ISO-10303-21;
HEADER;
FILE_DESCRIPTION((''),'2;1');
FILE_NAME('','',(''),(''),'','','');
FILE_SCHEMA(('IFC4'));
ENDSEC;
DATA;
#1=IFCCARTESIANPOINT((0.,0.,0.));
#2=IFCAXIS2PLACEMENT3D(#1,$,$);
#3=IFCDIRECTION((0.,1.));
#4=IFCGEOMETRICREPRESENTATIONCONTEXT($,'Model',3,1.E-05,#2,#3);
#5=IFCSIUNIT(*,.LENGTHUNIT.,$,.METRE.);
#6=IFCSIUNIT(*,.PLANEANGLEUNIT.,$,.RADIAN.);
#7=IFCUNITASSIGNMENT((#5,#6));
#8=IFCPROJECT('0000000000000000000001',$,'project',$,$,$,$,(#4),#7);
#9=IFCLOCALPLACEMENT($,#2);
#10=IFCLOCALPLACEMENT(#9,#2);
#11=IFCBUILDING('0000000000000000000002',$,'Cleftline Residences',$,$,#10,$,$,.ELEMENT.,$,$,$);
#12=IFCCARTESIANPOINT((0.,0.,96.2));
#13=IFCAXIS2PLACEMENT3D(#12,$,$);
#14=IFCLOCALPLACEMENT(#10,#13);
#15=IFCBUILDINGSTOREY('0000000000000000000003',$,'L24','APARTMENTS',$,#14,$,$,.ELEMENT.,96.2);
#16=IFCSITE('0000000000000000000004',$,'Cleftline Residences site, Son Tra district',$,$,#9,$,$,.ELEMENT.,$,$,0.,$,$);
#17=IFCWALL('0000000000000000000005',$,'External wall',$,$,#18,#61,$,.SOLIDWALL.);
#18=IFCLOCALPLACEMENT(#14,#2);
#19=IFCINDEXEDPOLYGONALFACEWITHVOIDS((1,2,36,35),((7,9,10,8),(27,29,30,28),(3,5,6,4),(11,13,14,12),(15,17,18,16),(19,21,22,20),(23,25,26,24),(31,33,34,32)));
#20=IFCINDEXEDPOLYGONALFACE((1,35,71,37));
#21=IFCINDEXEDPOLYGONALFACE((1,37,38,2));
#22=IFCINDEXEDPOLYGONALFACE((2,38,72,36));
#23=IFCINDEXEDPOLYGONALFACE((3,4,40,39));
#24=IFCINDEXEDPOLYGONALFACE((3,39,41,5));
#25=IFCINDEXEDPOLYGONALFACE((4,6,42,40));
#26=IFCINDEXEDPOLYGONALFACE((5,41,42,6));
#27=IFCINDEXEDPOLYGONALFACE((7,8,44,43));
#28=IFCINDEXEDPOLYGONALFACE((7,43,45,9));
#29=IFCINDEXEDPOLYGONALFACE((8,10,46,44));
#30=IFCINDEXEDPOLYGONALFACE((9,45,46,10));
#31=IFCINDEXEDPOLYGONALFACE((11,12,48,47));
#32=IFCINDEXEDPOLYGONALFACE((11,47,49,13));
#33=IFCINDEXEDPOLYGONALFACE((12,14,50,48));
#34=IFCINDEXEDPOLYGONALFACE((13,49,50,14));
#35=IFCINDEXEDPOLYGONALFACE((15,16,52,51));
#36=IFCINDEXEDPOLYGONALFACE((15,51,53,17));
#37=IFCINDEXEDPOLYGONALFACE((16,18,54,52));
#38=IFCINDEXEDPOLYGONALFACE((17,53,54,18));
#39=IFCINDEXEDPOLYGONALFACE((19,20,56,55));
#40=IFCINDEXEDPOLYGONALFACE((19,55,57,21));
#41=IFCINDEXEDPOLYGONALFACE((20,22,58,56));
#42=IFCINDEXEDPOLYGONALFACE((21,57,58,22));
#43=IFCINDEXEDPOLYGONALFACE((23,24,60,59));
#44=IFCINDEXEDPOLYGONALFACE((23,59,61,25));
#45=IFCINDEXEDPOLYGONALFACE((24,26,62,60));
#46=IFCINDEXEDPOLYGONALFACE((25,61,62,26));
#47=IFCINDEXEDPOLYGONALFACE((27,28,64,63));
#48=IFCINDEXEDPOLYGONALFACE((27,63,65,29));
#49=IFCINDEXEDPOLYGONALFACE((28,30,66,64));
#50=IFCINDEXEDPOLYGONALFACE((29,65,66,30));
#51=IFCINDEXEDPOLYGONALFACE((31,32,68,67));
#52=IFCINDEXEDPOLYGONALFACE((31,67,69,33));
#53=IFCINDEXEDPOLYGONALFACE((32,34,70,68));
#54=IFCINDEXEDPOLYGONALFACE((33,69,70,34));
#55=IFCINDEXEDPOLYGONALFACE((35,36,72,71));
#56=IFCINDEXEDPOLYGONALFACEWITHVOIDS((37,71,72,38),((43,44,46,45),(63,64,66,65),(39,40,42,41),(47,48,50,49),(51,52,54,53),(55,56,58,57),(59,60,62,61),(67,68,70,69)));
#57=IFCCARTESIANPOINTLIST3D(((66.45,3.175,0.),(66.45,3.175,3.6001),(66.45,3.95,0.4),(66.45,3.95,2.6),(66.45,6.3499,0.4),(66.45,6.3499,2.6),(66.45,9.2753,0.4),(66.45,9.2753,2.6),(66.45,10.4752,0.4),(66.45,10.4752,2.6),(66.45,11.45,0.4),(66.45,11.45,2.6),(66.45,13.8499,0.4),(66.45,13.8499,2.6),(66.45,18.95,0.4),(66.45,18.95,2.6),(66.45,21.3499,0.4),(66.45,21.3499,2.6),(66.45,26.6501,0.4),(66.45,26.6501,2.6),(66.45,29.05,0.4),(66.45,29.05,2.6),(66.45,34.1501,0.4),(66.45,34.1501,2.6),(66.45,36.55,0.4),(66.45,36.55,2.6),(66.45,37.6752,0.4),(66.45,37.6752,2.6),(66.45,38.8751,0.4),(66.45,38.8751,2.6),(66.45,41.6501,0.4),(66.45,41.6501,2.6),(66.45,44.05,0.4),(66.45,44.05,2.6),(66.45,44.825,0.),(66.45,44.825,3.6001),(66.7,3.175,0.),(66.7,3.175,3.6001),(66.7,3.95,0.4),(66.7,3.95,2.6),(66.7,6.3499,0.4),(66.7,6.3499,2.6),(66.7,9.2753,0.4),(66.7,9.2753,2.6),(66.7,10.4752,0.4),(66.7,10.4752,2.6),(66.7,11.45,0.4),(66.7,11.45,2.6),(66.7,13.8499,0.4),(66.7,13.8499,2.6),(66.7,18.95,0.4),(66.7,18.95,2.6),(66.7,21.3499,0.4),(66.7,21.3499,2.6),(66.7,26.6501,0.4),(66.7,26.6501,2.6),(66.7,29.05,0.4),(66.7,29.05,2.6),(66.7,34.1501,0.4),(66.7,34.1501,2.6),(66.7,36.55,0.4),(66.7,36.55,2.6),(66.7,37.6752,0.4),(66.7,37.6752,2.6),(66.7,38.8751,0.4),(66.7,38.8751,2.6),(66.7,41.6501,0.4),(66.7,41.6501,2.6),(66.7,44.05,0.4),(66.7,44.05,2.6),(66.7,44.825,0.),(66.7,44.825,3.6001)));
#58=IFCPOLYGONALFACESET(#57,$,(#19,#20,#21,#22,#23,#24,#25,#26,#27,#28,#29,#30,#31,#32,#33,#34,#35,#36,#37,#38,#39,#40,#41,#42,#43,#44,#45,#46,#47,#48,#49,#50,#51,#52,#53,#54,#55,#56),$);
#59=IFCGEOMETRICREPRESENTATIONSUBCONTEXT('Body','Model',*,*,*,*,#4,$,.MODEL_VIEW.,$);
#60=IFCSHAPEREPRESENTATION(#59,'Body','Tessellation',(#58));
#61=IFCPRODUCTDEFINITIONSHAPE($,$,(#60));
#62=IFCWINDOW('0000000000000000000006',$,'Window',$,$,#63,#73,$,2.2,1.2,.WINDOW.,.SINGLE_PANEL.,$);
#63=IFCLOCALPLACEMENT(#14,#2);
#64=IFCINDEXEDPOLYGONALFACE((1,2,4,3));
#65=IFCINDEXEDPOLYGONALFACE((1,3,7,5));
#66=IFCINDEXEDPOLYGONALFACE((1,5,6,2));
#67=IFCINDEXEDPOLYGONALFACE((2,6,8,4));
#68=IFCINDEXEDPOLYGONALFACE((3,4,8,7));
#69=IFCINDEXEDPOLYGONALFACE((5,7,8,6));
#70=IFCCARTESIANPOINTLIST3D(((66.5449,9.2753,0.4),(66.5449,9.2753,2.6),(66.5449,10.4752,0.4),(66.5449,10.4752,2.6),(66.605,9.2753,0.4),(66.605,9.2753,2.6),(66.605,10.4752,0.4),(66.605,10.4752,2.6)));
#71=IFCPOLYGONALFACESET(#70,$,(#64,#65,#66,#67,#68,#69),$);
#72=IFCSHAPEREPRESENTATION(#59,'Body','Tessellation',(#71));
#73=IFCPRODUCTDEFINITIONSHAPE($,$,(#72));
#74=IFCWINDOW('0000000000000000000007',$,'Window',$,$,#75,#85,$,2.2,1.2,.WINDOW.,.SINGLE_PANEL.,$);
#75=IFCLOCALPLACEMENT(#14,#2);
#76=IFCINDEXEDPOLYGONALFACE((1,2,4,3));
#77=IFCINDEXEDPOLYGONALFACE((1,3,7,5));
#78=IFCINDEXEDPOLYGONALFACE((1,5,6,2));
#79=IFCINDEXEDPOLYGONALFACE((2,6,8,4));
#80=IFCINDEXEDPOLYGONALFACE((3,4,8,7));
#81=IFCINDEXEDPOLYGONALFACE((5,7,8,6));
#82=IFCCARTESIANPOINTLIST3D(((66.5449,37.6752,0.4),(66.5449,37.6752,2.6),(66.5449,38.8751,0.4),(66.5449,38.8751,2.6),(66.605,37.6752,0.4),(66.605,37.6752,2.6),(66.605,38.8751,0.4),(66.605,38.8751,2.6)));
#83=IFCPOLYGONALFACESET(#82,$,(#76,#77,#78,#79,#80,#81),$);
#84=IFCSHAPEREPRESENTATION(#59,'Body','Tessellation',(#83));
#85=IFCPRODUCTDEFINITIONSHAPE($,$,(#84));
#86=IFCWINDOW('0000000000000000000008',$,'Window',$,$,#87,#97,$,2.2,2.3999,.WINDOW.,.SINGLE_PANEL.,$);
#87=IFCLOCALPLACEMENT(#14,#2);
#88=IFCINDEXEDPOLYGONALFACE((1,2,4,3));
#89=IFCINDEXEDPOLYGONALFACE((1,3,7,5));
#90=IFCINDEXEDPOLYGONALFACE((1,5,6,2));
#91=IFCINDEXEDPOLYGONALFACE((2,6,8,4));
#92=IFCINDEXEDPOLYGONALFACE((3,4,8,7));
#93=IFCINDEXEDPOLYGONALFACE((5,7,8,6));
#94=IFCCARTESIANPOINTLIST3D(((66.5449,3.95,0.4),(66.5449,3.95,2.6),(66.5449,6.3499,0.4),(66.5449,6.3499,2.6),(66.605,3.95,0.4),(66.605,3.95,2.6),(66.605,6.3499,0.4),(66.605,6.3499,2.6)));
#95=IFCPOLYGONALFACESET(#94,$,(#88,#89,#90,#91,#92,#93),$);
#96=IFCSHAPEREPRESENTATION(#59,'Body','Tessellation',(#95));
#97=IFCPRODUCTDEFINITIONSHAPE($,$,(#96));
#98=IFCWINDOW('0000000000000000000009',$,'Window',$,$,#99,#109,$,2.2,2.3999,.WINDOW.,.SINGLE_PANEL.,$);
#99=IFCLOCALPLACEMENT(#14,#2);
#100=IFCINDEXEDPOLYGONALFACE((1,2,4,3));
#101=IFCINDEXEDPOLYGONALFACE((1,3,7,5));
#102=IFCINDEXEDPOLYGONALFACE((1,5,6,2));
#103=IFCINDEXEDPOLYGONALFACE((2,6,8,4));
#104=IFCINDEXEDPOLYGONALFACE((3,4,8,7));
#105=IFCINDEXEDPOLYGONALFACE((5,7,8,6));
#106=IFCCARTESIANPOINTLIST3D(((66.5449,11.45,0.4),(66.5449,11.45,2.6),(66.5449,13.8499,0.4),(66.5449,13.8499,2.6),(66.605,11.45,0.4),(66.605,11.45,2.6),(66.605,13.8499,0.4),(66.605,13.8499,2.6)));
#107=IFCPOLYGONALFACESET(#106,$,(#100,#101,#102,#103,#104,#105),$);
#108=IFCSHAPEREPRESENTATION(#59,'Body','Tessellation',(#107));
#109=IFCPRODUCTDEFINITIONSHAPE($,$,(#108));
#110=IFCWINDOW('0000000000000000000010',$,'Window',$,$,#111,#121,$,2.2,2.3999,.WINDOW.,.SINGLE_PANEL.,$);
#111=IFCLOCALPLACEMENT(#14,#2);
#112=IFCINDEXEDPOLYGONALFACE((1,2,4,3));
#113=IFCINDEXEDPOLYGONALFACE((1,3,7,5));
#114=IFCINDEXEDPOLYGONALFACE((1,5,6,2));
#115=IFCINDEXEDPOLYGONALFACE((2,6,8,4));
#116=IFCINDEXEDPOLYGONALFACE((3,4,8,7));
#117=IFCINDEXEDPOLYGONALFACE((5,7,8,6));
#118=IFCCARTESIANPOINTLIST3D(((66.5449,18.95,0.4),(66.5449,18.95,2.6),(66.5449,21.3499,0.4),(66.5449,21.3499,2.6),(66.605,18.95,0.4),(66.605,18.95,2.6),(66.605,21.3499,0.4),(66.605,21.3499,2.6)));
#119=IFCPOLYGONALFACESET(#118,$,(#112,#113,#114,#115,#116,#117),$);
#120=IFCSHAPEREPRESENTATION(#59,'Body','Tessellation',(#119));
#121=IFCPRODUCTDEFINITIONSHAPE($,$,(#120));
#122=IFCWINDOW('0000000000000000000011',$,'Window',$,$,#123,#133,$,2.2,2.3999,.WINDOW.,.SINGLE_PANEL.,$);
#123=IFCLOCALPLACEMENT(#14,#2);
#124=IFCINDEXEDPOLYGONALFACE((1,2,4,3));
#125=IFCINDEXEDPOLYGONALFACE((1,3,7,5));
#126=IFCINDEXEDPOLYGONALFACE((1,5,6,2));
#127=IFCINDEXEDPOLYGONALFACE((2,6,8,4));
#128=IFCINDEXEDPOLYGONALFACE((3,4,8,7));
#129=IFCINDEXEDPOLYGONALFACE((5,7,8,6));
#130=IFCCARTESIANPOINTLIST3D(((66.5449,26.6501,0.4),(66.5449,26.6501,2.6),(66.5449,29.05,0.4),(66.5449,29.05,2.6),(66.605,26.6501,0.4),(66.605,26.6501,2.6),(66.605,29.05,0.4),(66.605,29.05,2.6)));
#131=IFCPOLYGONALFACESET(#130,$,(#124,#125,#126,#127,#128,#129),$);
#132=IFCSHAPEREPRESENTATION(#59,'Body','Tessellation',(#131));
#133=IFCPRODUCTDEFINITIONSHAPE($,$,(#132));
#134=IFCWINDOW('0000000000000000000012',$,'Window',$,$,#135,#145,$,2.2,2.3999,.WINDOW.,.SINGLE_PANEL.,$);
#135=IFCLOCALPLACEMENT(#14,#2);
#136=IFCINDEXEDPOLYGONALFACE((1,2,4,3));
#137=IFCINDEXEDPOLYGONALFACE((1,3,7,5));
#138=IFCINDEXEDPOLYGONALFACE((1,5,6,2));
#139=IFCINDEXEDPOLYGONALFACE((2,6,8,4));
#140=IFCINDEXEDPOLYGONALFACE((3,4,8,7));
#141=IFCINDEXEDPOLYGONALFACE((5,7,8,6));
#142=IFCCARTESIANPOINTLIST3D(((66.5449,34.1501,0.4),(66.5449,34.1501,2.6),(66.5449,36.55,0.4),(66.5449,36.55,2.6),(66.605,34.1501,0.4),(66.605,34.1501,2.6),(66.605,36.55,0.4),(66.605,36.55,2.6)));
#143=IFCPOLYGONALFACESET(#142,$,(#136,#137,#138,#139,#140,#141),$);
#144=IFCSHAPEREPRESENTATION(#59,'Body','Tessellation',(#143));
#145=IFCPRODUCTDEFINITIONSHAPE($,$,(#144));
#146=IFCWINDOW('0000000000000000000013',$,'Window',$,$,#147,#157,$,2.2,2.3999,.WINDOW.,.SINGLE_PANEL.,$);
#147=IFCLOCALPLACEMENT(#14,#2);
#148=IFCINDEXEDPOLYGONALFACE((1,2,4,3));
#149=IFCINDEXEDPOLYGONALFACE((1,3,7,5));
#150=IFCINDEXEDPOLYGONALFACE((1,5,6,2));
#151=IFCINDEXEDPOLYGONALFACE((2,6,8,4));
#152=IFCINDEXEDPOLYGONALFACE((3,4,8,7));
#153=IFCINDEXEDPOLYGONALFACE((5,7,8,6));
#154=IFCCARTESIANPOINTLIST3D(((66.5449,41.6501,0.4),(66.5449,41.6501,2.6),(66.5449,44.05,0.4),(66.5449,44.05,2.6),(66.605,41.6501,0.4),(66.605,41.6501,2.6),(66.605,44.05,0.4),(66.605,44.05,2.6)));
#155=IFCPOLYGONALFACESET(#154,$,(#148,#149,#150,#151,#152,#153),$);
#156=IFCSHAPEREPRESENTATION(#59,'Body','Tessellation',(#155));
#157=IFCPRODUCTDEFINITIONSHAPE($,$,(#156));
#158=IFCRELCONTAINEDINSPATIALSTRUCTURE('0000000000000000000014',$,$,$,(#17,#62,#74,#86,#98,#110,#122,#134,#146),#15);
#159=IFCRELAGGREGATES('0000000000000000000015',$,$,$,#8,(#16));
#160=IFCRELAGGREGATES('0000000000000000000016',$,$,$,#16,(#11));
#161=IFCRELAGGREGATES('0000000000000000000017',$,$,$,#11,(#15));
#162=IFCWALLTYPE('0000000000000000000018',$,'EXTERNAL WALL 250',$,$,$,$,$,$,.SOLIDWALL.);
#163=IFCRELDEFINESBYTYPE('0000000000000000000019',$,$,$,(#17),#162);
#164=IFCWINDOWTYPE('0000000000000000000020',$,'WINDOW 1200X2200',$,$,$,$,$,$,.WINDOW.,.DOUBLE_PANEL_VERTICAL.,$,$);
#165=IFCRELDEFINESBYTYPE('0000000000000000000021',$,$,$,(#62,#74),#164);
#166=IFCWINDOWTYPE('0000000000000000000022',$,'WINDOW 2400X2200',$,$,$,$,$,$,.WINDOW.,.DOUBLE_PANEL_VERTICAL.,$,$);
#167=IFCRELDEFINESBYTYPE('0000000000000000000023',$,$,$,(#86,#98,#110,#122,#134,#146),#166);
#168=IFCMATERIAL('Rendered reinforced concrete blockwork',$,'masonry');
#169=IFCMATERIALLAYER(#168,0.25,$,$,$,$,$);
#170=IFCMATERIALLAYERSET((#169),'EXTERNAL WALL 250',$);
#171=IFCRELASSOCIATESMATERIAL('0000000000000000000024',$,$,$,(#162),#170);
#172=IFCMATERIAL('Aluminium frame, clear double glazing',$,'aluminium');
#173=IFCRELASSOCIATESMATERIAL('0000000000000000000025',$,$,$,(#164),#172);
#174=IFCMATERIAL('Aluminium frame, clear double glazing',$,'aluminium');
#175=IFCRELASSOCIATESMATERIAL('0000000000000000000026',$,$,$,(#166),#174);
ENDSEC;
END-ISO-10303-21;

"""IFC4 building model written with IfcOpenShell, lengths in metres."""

from ifc_helpers import new_model, si_unit, direction, frame, frame_2d, origin, place, context, subcontext, project, spatial, rectangle, extrude, material, layer, layer_set, type_object, element, fill, save


model = new_model("IFC4")

# Units and contexts
model_context = context("Model", 3, precision=1e-05, world=origin(), true_north=direction((0.0, 1.0)))
body_context = subcontext(model_context, "Body", "Model", "MODEL_VIEW")
ifc_project = project(units=[si_unit("LENGTHUNIT", "METRE"), si_unit("PLANEANGLEUNIT", "RADIAN")], contexts=[model_context])

# Site, building, storey
site_placement = place(None, origin())
site = spatial("IfcSite", under=ifc_project, at=site_placement, Name="Cleftline Residences site, Son Tra district", CompositionType="ELEMENT", RefElevation=0.0)
building_placement = place(site_placement, origin())
building = spatial("IfcBuilding", under=site, at=building_placement, Name="Cleftline Residences", CompositionType="ELEMENT")
storey_placement = place(building_placement, frame((0.0, 0.0, 96.2)))
storey = spatial("IfcBuildingStorey", under=building, at=storey_placement, Name="L24", Description="APARTMENTS", CompositionType="ELEMENT", Elevation=96.2)

# Wall, openings, windows
ifc_material_1 = material(Name="Rendered reinforced concrete blockwork", Category="masonry")
ifc_layer_1 = layer(ifc_material_1, 0.25)
ifc_layer_set_1 = layer_set([ifc_layer_1], Name="EXTERNAL WALL 250")
wall_type = type_object("IfcWallType", Name="EXTERNAL WALL 250", PredefinedType="SOLIDWALL", material=ifc_layer_set_1)
wall_placement = place(storey_placement, frame((66.575, 3.175, 0.0), z_axis=(0.0, 0.0, 1.0), x_axis=(0.0, 1.0, 0.0)))
wall = element("IfcWall", 1, at=wall_placement, inside=storey, type_object=wall_type, Name="External wall", PredefinedType="SOLIDWALL", context=body_context, shape_type="SweptSolid", body=[
    extrude(rectangle(XDim=41.6499, YDim=0.25, at=frame_2d((20.825, 0.0))), origin(), (0.0, 0.0, 1.0), 3.6001),
])
opening_1_placement = place(wall_placement, frame((0.7749, 0.0, 0.3999)))
opening_1 = element("IfcOpeningElement", 2, at=opening_1_placement, cuts=wall, PredefinedType="OPENING", context=body_context, shape_type="SweptSolid", body=[
    extrude(rectangle(XDim=2.3999, YDim=2.2, at=frame_2d((1.2, 1.1001))), frame((0.0, 0.135, 0.0), z_axis=(0.0, -1.0, 0.0), x_axis=(1.0, 0.0, 0.0)), (0.0, 0.0, 1.0), 0.27),
])
opening_2_placement = place(wall_placement, frame((6.1001, 0.0, 0.3999)))
opening_2 = element("IfcOpeningElement", 3, at=opening_2_placement, cuts=wall, PredefinedType="OPENING", context=body_context, shape_type="SweptSolid", body=[
    extrude(rectangle(XDim=1.2, YDim=2.2, at=frame_2d((0.6001, 1.1001))), frame((0.0, 0.135, 0.0), z_axis=(0.0, -1.0, 0.0), x_axis=(1.0, 0.0, 0.0)), (0.0, 0.0, 1.0), 0.27),
])
opening_3_placement = place(wall_placement, frame((8.2749, 0.0, 0.3999)))
opening_3 = element("IfcOpeningElement", 4, at=opening_3_placement, cuts=wall, PredefinedType="OPENING", context=body_context, shape_type="SweptSolid", body=[
    extrude(rectangle(XDim=2.3999, YDim=2.2, at=frame_2d((1.2, 1.1001))), frame((0.0, 0.135, 0.0), z_axis=(0.0, -1.0, 0.0), x_axis=(1.0, 0.0, 0.0)), (0.0, 0.0, 1.0), 0.27),
])
opening_4_placement = place(wall_placement, frame((15.7749, 0.0, 0.3999)))
opening_4 = element("IfcOpeningElement", 5, at=opening_4_placement, cuts=wall, PredefinedType="OPENING", context=body_context, shape_type="SweptSolid", body=[
    extrude(rectangle(XDim=2.3999, YDim=2.2, at=frame_2d((1.2, 1.1001))), frame((0.0, 0.135, 0.0), z_axis=(0.0, -1.0, 0.0), x_axis=(1.0, 0.0, 0.0)), (0.0, 0.0, 1.0), 0.27),
])
opening_5_placement = place(wall_placement, frame((23.4751, 0.0, 0.3999)))
opening_5 = element("IfcOpeningElement", 6, at=opening_5_placement, cuts=wall, PredefinedType="OPENING", context=body_context, shape_type="SweptSolid", body=[
    extrude(rectangle(XDim=2.3999, YDim=2.2, at=frame_2d((1.2, 1.1001))), frame((0.0, 0.135, 0.0), z_axis=(0.0, -1.0, 0.0), x_axis=(1.0, 0.0, 0.0)), (0.0, 0.0, 1.0), 0.27),
])
opening_6_placement = place(wall_placement, frame((30.9751, 0.0, 0.3999)))
opening_6 = element("IfcOpeningElement", 7, at=opening_6_placement, cuts=wall, PredefinedType="OPENING", context=body_context, shape_type="SweptSolid", body=[
    extrude(rectangle(XDim=2.3999, YDim=2.2, at=frame_2d((1.2, 1.1001))), frame((0.0, 0.135, 0.0), z_axis=(0.0, -1.0, 0.0), x_axis=(1.0, 0.0, 0.0)), (0.0, 0.0, 1.0), 0.27),
])
opening_7_placement = place(wall_placement, frame((34.5, 0.0, 0.3999)))
opening_7 = element("IfcOpeningElement", 8, at=opening_7_placement, cuts=wall, PredefinedType="OPENING", context=body_context, shape_type="SweptSolid", body=[
    extrude(rectangle(XDim=1.2, YDim=2.2, at=frame_2d((0.6001, 1.1001))), frame((0.0, 0.135, 0.0), z_axis=(0.0, -1.0, 0.0), x_axis=(1.0, 0.0, 0.0)), (0.0, 0.0, 1.0), 0.27),
])
opening_8_placement = place(wall_placement, frame((38.4751, 0.0, 0.3999)))
opening_8 = element("IfcOpeningElement", 9, at=opening_8_placement, cuts=wall, PredefinedType="OPENING", context=body_context, shape_type="SweptSolid", body=[
    extrude(rectangle(XDim=2.3999, YDim=2.2, at=frame_2d((1.2, 1.1001))), frame((0.0, 0.135, 0.0), z_axis=(0.0, -1.0, 0.0), x_axis=(1.0, 0.0, 0.0)), (0.0, 0.0, 1.0), 0.27),
])
ifc_material_2 = material(Name="Aluminium frame, clear double glazing", Category="aluminium")
window_type_1 = type_object("IfcWindowType", Name="WINDOW 1200X2200", PartitioningType="DOUBLE_PANEL_VERTICAL", PredefinedType="WINDOW", material=ifc_material_2)
window_1_placement = place(opening_2_placement, origin())
window_1 = element("IfcWindow", 10, at=window_1_placement, inside=storey, type_object=window_type_1, Name="Window", OverallHeight=2.2, OverallWidth=1.2, PartitioningType="SINGLE_PANEL", PredefinedType="WINDOW", context=body_context, shape_type="SweptSolid", body=[
    extrude(rectangle(XDim=1.2, YDim=2.2, at=frame_2d((0.6001, 1.1001))), frame((0.0, 0.03, 0.0), z_axis=(0.0, -1.0, 0.0), x_axis=(1.0, 0.0, 0.0)), (0.0, 0.0, 1.0), 0.0601),
])
fill(opening_2, window_1)
window_2_placement = place(opening_7_placement, origin())
window_2 = element("IfcWindow", 11, at=window_2_placement, inside=storey, type_object=window_type_1, Name="Window", OverallHeight=2.2, OverallWidth=1.2, PartitioningType="SINGLE_PANEL", PredefinedType="WINDOW", context=body_context, shape_type="SweptSolid", body=[
    extrude(rectangle(XDim=1.2, YDim=2.2, at=frame_2d((0.6001, 1.1001))), frame((0.0, 0.03, 0.0), z_axis=(0.0, -1.0, 0.0), x_axis=(1.0, 0.0, 0.0)), (0.0, 0.0, 1.0), 0.0601),
])
fill(opening_7, window_2)
ifc_material_3 = material(Name="Aluminium frame, clear double glazing", Category="aluminium")
window_type_2 = type_object("IfcWindowType", Name="WINDOW 2400X2200", PartitioningType="DOUBLE_PANEL_VERTICAL", PredefinedType="WINDOW", material=ifc_material_3)
window_3_placement = place(opening_1_placement, origin())
window_3 = element("IfcWindow", 12, at=window_3_placement, inside=storey, type_object=window_type_2, Name="Window", OverallHeight=2.2, OverallWidth=2.3999, PartitioningType="SINGLE_PANEL", PredefinedType="WINDOW", context=body_context, shape_type="SweptSolid", body=[
    extrude(rectangle(XDim=2.3999, YDim=2.2, at=frame_2d((1.2, 1.1001))), frame((0.0, 0.03, 0.0), z_axis=(0.0, -1.0, 0.0), x_axis=(1.0, 0.0, 0.0)), (0.0, 0.0, 1.0), 0.0601),
])
fill(opening_1, window_3)
window_4_placement = place(opening_3_placement, origin())
window_4 = element("IfcWindow", 13, at=window_4_placement, inside=storey, type_object=window_type_2, Name="Window", OverallHeight=2.2, OverallWidth=2.3999, PartitioningType="SINGLE_PANEL", PredefinedType="WINDOW", context=body_context, shape_type="SweptSolid", body=[
    extrude(rectangle(XDim=2.3999, YDim=2.2, at=frame_2d((1.2, 1.1001))), frame((0.0, 0.03, 0.0), z_axis=(0.0, -1.0, 0.0), x_axis=(1.0, 0.0, 0.0)), (0.0, 0.0, 1.0), 0.0601),
])
fill(opening_3, window_4)
window_5_placement = place(opening_4_placement, origin())
window_5 = element("IfcWindow", 14, at=window_5_placement, inside=storey, type_object=window_type_2, Name="Window", OverallHeight=2.2, OverallWidth=2.3999, PartitioningType="SINGLE_PANEL", PredefinedType="WINDOW", context=body_context, shape_type="SweptSolid", body=[
    extrude(rectangle(XDim=2.3999, YDim=2.2, at=frame_2d((1.2, 1.1001))), frame((0.0, 0.03, 0.0), z_axis=(0.0, -1.0, 0.0), x_axis=(1.0, 0.0, 0.0)), (0.0, 0.0, 1.0), 0.0601),
])
fill(opening_4, window_5)
window_6_placement = place(opening_5_placement, origin())
window_6 = element("IfcWindow", 15, at=window_6_placement, inside=storey, type_object=window_type_2, Name="Window", OverallHeight=2.2, OverallWidth=2.3999, PartitioningType="SINGLE_PANEL", PredefinedType="WINDOW", context=body_context, shape_type="SweptSolid", body=[
    extrude(rectangle(XDim=2.3999, YDim=2.2, at=frame_2d((1.2, 1.1001))), frame((0.0, 0.03, 0.0), z_axis=(0.0, -1.0, 0.0), x_axis=(1.0, 0.0, 0.0)), (0.0, 0.0, 1.0), 0.0601),
])
fill(opening_5, window_6)
window_7_placement = place(opening_6_placement, origin())
window_7 = element("IfcWindow", 16, at=window_7_placement, inside=storey, type_object=window_type_2, Name="Window", OverallHeight=2.2, OverallWidth=2.3999, PartitioningType="SINGLE_PANEL", PredefinedType="WINDOW", context=body_context, shape_type="SweptSolid", body=[
    extrude(rectangle(XDim=2.3999, YDim=2.2, at=frame_2d((1.2, 1.1001))), frame((0.0, 0.03, 0.0), z_axis=(0.0, -1.0, 0.0), x_axis=(1.0, 0.0, 0.0)), (0.0, 0.0, 1.0), 0.0601),
])
fill(opening_6, window_7)
window_8_placement = place(opening_8_placement, origin())
window_8 = element("IfcWindow", 17, at=window_8_placement, inside=storey, type_object=window_type_2, Name="Window", OverallHeight=2.2, OverallWidth=2.3999, PartitioningType="SINGLE_PANEL", PredefinedType="WINDOW", context=body_context, shape_type="SweptSolid", body=[
    extrude(rectangle(XDim=2.3999, YDim=2.2, at=frame_2d((1.2, 1.1001))), frame((0.0, 0.03, 0.0), z_axis=(0.0, -1.0, 0.0), x_axis=(1.0, 0.0, 0.0)), (0.0, 0.0, 1.0), 0.0601),
])
fill(opening_8, window_8)

save(model, "model.ifc")
